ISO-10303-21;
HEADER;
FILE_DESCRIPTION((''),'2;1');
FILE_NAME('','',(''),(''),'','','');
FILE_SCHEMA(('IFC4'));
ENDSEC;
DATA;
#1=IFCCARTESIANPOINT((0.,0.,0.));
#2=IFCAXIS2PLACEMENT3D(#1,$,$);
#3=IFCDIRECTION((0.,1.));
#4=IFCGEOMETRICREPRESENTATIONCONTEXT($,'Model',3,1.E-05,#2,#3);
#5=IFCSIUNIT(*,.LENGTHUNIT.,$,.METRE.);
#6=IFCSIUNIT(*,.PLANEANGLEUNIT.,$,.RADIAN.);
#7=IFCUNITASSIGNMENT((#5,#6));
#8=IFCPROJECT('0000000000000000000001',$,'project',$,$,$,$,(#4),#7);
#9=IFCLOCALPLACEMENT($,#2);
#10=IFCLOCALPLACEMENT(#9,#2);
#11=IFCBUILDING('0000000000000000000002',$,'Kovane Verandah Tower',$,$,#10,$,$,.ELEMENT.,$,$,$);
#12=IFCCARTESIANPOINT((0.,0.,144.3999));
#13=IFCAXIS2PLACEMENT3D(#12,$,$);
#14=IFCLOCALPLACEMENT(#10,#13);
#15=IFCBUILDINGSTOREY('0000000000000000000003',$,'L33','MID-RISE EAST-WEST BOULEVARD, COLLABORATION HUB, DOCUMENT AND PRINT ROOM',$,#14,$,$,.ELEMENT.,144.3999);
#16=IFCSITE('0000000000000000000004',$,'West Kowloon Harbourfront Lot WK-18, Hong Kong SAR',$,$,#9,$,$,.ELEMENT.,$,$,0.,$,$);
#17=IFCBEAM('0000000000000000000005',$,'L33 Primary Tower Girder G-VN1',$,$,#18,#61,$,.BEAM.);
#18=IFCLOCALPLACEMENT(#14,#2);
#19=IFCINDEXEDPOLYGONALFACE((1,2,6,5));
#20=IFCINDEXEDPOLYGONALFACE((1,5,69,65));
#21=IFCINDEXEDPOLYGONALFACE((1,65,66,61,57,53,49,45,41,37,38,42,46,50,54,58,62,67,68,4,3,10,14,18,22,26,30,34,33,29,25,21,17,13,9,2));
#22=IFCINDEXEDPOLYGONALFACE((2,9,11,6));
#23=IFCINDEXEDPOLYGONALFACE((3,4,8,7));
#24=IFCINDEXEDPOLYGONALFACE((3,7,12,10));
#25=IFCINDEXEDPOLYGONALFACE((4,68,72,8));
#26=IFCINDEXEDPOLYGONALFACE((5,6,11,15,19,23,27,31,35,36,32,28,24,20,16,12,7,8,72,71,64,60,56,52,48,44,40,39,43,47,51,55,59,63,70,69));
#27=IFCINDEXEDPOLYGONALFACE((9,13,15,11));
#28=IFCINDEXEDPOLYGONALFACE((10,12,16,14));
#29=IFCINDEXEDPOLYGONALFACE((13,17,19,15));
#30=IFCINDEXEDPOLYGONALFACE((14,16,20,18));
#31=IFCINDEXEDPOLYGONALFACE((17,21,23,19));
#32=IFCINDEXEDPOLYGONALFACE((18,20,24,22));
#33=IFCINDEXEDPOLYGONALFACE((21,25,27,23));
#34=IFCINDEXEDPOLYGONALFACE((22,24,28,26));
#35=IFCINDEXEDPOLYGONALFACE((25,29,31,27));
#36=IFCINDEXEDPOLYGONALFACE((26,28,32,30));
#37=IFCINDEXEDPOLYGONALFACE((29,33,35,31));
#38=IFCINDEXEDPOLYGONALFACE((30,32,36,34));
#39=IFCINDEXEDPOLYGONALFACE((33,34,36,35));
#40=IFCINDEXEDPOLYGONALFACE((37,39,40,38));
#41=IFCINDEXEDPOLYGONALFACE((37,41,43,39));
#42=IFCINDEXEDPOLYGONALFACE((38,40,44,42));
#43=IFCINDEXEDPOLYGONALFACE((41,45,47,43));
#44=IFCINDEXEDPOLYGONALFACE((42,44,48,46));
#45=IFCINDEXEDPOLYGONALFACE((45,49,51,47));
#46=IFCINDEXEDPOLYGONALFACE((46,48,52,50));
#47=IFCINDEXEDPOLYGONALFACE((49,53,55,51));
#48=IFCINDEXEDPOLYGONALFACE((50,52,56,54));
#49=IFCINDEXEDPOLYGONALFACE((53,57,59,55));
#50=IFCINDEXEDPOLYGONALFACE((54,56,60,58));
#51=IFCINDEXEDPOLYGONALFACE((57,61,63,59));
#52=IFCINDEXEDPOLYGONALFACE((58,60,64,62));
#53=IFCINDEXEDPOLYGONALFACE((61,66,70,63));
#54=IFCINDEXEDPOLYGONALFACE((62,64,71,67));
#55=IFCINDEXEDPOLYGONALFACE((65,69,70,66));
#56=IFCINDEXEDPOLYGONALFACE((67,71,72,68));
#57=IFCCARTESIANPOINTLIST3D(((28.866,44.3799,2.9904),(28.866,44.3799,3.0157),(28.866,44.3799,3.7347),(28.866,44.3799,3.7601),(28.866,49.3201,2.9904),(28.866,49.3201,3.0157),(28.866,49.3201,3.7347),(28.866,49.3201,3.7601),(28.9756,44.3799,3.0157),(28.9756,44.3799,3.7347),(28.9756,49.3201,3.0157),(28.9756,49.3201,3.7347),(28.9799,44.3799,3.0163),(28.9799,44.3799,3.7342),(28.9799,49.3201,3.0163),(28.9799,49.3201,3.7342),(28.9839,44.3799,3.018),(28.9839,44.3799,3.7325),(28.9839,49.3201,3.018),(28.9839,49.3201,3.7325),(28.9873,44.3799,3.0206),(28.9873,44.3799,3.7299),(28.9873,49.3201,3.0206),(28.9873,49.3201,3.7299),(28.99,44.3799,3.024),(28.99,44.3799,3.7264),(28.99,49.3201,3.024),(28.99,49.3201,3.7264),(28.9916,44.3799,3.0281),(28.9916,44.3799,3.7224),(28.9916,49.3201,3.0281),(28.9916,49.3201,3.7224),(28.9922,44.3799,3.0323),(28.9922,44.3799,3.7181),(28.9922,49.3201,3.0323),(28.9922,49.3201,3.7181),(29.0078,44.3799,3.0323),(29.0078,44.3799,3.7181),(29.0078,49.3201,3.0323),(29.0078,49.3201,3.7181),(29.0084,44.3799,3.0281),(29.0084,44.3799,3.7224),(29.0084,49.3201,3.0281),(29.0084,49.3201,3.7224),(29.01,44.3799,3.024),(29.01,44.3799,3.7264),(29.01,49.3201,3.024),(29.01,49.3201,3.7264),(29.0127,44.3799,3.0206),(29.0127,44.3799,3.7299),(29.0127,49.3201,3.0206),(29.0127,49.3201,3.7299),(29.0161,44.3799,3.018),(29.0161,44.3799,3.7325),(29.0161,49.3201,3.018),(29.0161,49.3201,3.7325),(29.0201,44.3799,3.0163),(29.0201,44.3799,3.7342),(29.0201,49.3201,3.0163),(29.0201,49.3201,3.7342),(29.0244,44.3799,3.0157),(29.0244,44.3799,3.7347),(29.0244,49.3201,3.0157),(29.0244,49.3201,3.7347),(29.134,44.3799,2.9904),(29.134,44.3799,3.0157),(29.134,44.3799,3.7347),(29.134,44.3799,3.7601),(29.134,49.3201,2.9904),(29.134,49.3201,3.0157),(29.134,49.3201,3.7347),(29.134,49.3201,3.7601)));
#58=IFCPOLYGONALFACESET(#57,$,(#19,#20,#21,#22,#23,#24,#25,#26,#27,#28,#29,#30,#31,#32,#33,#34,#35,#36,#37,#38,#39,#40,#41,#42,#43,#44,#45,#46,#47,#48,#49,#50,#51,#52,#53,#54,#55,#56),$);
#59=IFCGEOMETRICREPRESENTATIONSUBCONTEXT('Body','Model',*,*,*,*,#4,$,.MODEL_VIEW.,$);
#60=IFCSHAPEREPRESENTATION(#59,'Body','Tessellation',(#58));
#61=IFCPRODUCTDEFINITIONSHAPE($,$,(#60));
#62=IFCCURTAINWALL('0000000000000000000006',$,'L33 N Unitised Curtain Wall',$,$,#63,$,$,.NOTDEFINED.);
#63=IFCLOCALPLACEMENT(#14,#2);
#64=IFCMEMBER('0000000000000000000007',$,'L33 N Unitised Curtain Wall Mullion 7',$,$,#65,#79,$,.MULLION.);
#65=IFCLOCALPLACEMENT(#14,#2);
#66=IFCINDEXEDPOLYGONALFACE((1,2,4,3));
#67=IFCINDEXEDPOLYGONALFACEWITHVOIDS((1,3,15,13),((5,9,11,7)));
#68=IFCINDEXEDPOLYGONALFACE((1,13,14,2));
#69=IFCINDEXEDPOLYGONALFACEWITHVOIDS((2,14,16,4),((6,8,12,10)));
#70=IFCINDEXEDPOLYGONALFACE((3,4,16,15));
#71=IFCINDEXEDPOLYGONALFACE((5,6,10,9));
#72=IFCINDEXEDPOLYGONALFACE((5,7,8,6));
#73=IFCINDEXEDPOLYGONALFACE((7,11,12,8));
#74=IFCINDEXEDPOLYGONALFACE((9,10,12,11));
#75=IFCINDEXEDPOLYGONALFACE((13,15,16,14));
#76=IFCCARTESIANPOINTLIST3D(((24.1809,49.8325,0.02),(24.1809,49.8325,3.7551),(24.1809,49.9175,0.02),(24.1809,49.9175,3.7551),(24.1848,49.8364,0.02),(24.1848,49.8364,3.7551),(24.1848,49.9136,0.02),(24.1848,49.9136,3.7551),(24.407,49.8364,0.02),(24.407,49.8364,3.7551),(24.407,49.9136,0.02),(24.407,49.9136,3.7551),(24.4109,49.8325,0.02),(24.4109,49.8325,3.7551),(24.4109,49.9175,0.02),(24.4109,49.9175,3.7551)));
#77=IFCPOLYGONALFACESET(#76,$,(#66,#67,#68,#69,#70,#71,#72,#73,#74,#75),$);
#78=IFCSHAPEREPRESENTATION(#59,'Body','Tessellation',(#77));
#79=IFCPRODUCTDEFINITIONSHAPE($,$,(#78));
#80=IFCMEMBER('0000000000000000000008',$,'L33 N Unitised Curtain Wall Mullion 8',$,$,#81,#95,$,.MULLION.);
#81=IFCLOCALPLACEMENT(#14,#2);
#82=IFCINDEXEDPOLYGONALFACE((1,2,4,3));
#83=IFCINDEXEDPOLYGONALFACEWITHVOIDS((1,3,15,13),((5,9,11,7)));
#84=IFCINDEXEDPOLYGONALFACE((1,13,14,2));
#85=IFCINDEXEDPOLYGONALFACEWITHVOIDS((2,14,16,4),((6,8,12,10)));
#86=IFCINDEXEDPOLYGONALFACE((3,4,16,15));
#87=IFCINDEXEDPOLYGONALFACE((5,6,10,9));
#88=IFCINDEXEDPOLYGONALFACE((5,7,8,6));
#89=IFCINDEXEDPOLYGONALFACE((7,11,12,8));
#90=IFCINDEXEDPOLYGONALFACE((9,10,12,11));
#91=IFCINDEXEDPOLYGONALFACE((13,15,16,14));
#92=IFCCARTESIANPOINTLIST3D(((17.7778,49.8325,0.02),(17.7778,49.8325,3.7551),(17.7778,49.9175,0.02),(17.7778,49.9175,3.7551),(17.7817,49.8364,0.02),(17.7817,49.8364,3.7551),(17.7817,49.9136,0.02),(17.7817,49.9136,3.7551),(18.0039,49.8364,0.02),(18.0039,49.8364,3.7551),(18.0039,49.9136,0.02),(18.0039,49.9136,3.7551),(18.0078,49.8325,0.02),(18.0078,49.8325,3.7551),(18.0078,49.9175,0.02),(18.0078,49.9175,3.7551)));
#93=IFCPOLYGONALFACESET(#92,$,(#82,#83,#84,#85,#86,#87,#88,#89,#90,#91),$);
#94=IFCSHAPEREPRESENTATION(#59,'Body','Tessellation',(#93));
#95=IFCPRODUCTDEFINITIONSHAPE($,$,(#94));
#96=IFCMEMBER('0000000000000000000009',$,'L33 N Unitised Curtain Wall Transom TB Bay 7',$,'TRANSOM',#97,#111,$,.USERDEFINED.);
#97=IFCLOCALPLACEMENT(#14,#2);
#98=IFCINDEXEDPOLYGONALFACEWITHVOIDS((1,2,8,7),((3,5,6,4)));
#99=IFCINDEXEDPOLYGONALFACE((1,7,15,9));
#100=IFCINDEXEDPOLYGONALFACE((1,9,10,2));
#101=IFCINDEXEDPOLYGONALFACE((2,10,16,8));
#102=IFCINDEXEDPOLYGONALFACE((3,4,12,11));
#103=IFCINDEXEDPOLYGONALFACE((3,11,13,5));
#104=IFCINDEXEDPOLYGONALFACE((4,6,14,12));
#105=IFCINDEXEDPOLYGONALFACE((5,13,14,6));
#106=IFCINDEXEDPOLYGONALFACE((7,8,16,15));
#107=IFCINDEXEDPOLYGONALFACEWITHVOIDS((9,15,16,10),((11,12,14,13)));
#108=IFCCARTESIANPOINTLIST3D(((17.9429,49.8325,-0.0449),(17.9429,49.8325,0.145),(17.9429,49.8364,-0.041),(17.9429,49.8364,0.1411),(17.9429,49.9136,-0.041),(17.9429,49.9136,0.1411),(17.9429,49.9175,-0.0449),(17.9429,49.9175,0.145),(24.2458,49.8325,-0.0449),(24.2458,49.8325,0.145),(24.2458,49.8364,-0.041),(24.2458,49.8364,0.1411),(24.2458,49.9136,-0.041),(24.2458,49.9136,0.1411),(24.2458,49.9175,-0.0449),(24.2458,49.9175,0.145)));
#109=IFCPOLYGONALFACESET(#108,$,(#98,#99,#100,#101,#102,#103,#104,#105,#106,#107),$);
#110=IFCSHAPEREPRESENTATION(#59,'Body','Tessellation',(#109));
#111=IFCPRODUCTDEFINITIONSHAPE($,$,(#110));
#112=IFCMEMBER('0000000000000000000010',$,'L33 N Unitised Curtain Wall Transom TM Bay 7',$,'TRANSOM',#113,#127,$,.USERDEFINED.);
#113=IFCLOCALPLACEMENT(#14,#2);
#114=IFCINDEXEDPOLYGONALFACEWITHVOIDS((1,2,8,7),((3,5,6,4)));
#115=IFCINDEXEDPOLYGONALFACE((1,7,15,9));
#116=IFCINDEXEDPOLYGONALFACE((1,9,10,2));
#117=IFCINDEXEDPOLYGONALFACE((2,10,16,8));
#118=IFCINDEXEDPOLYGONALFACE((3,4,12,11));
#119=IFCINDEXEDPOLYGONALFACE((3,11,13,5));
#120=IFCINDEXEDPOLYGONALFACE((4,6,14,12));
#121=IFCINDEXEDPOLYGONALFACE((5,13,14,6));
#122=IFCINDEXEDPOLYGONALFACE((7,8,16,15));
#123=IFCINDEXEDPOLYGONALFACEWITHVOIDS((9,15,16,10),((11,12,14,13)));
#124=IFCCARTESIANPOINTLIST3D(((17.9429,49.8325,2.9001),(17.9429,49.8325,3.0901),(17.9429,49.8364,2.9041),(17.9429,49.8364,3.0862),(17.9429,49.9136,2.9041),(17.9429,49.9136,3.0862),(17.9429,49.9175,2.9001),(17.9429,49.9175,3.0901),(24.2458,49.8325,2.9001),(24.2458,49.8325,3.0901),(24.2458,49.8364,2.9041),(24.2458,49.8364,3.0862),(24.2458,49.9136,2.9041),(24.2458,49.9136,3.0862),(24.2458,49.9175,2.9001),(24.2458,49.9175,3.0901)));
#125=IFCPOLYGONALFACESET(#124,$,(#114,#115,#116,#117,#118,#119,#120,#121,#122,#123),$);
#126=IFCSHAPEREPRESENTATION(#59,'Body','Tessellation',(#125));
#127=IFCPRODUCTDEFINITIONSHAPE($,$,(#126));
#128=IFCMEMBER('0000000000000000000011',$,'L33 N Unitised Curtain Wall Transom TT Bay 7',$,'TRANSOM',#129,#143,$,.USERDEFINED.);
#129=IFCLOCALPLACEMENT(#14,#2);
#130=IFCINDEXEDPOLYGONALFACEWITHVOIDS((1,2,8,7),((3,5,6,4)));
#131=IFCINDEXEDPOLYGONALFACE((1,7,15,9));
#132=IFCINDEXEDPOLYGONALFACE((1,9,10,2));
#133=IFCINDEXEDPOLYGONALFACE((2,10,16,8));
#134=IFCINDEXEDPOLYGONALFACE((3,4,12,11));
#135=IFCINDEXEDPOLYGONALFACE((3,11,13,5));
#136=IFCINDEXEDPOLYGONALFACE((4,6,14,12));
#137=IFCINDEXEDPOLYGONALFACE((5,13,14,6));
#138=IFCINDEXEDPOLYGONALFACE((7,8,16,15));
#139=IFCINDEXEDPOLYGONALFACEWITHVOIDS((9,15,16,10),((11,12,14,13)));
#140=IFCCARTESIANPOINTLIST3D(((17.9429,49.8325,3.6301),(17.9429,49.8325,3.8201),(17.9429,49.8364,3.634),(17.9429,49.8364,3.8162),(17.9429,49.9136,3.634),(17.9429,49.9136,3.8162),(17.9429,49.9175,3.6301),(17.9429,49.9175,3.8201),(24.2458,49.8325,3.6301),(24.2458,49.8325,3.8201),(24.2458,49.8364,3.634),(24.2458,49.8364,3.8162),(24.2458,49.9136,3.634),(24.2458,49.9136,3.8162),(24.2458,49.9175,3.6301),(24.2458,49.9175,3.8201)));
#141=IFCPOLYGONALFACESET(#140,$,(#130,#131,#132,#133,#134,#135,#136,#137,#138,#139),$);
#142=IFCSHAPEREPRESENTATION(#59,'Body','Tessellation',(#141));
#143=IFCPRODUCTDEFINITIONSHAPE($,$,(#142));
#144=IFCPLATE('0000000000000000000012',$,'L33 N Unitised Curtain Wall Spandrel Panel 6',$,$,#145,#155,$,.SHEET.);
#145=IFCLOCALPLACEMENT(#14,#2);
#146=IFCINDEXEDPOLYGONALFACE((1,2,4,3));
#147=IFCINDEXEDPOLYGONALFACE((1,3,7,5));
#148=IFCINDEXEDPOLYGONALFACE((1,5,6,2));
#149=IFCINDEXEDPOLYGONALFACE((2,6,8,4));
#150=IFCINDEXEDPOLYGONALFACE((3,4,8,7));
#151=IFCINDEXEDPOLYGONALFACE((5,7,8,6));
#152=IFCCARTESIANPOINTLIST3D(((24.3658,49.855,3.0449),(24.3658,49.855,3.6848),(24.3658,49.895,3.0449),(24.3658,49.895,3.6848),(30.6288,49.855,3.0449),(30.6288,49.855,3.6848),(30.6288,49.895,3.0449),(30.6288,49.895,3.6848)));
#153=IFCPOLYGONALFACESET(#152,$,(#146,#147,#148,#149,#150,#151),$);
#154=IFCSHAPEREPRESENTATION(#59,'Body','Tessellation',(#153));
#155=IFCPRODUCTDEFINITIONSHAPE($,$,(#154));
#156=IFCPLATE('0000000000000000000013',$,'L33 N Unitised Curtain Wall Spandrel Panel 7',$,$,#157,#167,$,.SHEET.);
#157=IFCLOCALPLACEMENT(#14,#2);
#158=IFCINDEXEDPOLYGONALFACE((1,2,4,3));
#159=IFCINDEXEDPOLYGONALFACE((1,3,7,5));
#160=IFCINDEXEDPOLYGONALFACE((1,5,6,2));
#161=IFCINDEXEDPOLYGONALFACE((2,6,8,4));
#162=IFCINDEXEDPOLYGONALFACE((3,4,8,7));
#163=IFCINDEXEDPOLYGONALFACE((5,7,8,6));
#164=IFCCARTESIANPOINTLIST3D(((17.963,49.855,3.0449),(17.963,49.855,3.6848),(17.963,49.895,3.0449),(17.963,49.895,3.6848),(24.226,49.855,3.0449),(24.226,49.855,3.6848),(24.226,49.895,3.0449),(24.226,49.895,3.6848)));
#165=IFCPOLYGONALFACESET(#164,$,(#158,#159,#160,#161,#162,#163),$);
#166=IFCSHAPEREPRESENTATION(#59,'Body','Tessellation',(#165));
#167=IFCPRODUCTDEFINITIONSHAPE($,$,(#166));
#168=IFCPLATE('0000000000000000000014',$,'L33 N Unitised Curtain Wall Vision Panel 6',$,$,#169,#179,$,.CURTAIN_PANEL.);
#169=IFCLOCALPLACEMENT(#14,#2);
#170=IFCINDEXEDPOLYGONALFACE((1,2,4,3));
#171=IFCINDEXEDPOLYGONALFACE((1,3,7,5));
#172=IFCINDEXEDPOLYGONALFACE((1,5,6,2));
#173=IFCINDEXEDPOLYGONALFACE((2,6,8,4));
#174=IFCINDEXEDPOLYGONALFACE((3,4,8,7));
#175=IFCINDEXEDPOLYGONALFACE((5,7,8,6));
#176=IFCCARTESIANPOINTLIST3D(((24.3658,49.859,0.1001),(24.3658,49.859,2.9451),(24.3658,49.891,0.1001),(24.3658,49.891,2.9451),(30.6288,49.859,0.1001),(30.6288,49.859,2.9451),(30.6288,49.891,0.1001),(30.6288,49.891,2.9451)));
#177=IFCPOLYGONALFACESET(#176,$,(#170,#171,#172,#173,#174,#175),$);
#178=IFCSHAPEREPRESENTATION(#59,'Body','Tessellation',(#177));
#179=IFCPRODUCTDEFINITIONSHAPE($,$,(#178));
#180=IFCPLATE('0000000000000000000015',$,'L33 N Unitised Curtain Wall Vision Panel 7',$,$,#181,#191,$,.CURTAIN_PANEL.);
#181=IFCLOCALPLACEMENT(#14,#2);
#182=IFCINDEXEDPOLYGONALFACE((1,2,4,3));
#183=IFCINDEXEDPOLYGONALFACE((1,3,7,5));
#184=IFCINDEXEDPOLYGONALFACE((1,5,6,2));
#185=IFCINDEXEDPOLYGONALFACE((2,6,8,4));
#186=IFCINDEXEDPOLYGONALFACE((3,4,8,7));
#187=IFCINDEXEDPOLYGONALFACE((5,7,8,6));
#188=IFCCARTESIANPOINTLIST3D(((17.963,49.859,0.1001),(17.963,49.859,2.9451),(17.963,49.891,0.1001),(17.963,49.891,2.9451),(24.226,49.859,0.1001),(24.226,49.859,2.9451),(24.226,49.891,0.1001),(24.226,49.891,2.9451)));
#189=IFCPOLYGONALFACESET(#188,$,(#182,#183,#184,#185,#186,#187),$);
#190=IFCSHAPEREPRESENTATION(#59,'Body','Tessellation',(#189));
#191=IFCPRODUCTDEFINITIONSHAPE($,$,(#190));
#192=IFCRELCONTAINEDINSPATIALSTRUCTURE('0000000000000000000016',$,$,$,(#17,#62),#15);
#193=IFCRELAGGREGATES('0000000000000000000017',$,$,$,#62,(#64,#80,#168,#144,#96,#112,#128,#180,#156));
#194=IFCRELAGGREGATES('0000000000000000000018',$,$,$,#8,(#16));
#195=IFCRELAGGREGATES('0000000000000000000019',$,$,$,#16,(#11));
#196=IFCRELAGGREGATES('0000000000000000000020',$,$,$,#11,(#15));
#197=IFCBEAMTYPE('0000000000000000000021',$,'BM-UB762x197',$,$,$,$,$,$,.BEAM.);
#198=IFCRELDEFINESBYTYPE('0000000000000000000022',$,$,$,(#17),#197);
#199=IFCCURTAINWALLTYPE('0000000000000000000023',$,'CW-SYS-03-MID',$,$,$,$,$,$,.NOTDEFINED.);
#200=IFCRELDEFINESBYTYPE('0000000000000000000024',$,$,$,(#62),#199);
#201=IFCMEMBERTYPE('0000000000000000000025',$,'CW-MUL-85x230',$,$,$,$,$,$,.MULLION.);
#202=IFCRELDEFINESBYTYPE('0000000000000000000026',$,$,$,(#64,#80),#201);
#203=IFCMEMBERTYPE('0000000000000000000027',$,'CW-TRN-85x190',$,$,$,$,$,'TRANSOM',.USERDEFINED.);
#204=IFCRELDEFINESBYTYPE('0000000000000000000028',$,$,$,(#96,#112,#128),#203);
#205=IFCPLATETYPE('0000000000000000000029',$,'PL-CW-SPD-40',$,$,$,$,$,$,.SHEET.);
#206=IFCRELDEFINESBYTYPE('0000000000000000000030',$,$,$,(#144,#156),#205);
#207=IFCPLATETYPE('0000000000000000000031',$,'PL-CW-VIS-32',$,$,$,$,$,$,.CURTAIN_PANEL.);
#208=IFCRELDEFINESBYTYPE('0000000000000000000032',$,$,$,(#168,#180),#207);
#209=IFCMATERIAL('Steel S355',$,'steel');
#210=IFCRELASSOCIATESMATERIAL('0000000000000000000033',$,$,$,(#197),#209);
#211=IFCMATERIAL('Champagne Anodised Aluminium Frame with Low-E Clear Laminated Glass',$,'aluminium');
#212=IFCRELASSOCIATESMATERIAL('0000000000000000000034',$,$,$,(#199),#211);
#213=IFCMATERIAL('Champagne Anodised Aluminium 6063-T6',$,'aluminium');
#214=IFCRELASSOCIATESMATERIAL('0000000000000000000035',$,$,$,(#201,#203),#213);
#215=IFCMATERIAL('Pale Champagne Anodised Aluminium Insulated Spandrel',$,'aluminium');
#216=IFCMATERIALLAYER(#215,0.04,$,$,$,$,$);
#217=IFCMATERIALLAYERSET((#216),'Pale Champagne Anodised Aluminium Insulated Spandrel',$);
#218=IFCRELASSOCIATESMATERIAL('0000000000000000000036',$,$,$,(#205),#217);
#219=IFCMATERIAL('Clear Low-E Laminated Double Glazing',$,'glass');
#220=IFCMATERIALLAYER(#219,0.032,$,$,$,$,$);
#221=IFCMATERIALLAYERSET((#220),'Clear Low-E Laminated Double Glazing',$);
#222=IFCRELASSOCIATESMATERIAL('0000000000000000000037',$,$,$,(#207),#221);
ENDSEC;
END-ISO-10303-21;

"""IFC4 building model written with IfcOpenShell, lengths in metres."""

from ifc_helpers import new_model, si_unit, direction, frame, origin, origin_2d, place, context, subcontext, project, spatial, rectangle, hollow_rectangle, i_section, extrude, material, layer, layer_set, material_profile, profile_set, type_object, element, aggregate, save


model = new_model("IFC4")

# Units and contexts
model_context = context("Model", 3, precision=1e-05, world=origin(), true_north=direction((0.0, 1.0)))
body_context = subcontext(model_context, "Body", "Model", "MODEL_VIEW")
ifc_project = project(units=[si_unit("LENGTHUNIT", "METRE"), si_unit("PLANEANGLEUNIT", "RADIAN")], contexts=[model_context])

# Site, building, storey
site_placement = place(None, origin())
site = spatial("IfcSite", under=ifc_project, at=site_placement, Name="West Kowloon Harbourfront Lot WK-18, Hong Kong SAR", CompositionType="ELEMENT", RefElevation=0.0)
building_placement = place(site_placement, origin())
building = spatial("IfcBuilding", under=site, at=building_placement, Name="Kovane Verandah Tower", CompositionType="ELEMENT")
storey_placement = place(building_placement, frame((0.0, 0.0, 144.3999)))
storey = spatial("IfcBuildingStorey", under=building, at=storey_placement, Name="L33", Description="MID-RISE EAST-WEST BOULEVARD, COLLABORATION HUB, DOCUMENT AND PRINT ROOM", CompositionType="ELEMENT", Elevation=144.3999)

# Beam
ifc_material_1 = material(Name="Steel S355", Category="steel")
ifc_material_profile_1 = material_profile(ifc_material_1, i_section(OverallWidth=0.2681, OverallDepth=0.7698, WebThickness=0.0156, FlangeThickness=0.0254, FilletRadius=0.0166, at=origin_2d()), Name="UB762x267x197")
ifc_profile_set_1 = profile_set([ifc_material_profile_1], Name="Steel S355")
beam_type = type_object("IfcBeamType", Name="BM-UB762x197", PredefinedType="BEAM", material=ifc_profile_set_1)
beam_1_placement = place(storey_placement, frame((29.0, 44.3799, 3.3752), z_axis=(0.0, 1.0, 0.0), x_axis=(-1.0, 0.0, 0.0)))
element("IfcBeam", 1, at=beam_1_placement, inside=storey, type_object=beam_type, Name="L33 Primary Tower Girder G-VN1", PredefinedType="BEAM", context=body_context, shape_type="SweptSolid", body=[
    extrude(i_section(OverallWidth=0.2681, OverallDepth=0.7698, WebThickness=0.0156, FlangeThickness=0.0254, FilletRadius=0.0166, at=origin_2d()), origin(), (0.0, 0.0, 1.0), 4.9402),
])

# Curtain wall, members, plates
ifc_material_2 = material(Name="Champagne Anodised Aluminium Frame with Low-E Clear Laminated Glass", Category="aluminium")
curtain_wall_type = type_object("IfcCurtainWallType", Name="CW-SYS-03-MID", PredefinedType="NOTDEFINED", material=ifc_material_2)
curtain_wall_placement = place(storey_placement, origin())
curtain_wall = element("IfcCurtainWall", 2, at=curtain_wall_placement, inside=storey, type_object=curtain_wall_type, Name="L33 N Unitised Curtain Wall", PredefinedType="NOTDEFINED")
ifc_material_3 = material(Name="Champagne Anodised Aluminium 6063-T6", Category="aluminium")
ifc_material_profile_2 = material_profile(ifc_material_3, hollow_rectangle(XDim=0.085, YDim=0.23, WallThickness=0.0039, at=origin_2d()), Name="AL85x230x4")
ifc_profile_set_2 = profile_set([ifc_material_profile_2], Name="Champagne Anodised Aluminium 6063-T6")
member_type_1 = type_object("IfcMemberType", Name="CW-MUL-85x230", PredefinedType="MULLION", material=ifc_profile_set_2)
member_1_placement = place(storey_placement, frame((24.2959, 49.875, 0.02), z_axis=(0.0, 0.0, 1.0), x_axis=(0.0, 1.0, 0.0)))
member_1 = element("IfcMember", 3, at=member_1_placement, type_object=member_type_1, Name="L33 N Unitised Curtain Wall Mullion 7", PredefinedType="MULLION", context=body_context, shape_type="SweptSolid", body=[
    extrude(hollow_rectangle(XDim=0.085, YDim=0.23, WallThickness=0.0039, at=origin_2d()), origin(), (0.0, 0.0, 1.0), 3.7351),
])
member_2_placement = place(storey_placement, frame((17.8928, 49.875, 0.02), z_axis=(0.0, 0.0, 1.0), x_axis=(0.0, 1.0, 0.0)))
member_2 = element("IfcMember", 4, at=member_2_placement, type_object=member_type_1, Name="L33 N Unitised Curtain Wall Mullion 8", PredefinedType="MULLION", context=body_context, shape_type="SweptSolid", body=[
    extrude(hollow_rectangle(XDim=0.085, YDim=0.23, WallThickness=0.0039, at=origin_2d()), origin(), (0.0, 0.0, 1.0), 3.7351),
])
ifc_material_profile_3 = material_profile(ifc_material_3, hollow_rectangle(XDim=0.085, YDim=0.1899, WallThickness=0.0039, at=origin_2d()), Name="AL85x190x4")
ifc_profile_set_3 = profile_set([ifc_material_profile_3], Name="Champagne Anodised Aluminium 6063-T6")
member_type_2 = type_object("IfcMemberType", Name="CW-TRN-85x190", ElementType="TRANSOM", PredefinedType="USERDEFINED", material=ifc_profile_set_3)
member_3_placement = place(storey_placement, frame((24.2458, 49.875, 0.05), z_axis=(-1.0, 0.0, 0.0), x_axis=(0.0, -1.0, 0.0)))
member_3 = element("IfcMember", 5, at=member_3_placement, type_object=member_type_2, Name="L33 N Unitised Curtain Wall Transom TB Bay 7", ObjectType="TRANSOM", PredefinedType="USERDEFINED", context=body_context, shape_type="SweptSolid", body=[
    extrude(hollow_rectangle(XDim=0.085, YDim=0.1899, WallThickness=0.0039, at=origin_2d()), origin(), (0.0, 0.0, 1.0), 6.303),
])
member_4_placement = place(storey_placement, frame((24.2458, 49.875, 2.9951), z_axis=(-1.0, 0.0, 0.0), x_axis=(0.0, -1.0, 0.0)))
member_4 = element("IfcMember", 6, at=member_4_placement, type_object=member_type_2, Name="L33 N Unitised Curtain Wall Transom TM Bay 7", ObjectType="TRANSOM", PredefinedType="USERDEFINED", context=body_context, shape_type="SweptSolid", body=[
    extrude(hollow_rectangle(XDim=0.085, YDim=0.1899, WallThickness=0.0039, at=origin_2d()), origin(), (0.0, 0.0, 1.0), 6.303),
])
member_5_placement = place(storey_placement, frame((24.2458, 49.875, 3.7251), z_axis=(-1.0, 0.0, 0.0), x_axis=(0.0, -1.0, 0.0)))
member_5 = element("IfcMember", 7, at=member_5_placement, type_object=member_type_2, Name="L33 N Unitised Curtain Wall Transom TT Bay 7", ObjectType="TRANSOM", PredefinedType="USERDEFINED", context=body_context, shape_type="SweptSolid", body=[
    extrude(hollow_rectangle(XDim=0.085, YDim=0.1899, WallThickness=0.0039, at=origin_2d()), origin(), (0.0, 0.0, 1.0), 6.303),
])
ifc_material_4 = material(Name="Pale Champagne Anodised Aluminium Insulated Spandrel", Category="aluminium")
ifc_layer_1 = layer(ifc_material_4, 0.04)
ifc_layer_set_1 = layer_set([ifc_layer_1], Name="Pale Champagne Anodised Aluminium Insulated Spandrel")
plate_type_1 = type_object("IfcPlateType", Name="PL-CW-SPD-40", PredefinedType="SHEET", material=ifc_layer_set_1)
plate_1_placement = place(storey_placement, frame((27.4973, 49.875, 3.0449), z_axis=(0.0, 0.0, 1.0), x_axis=(-1.0, 0.0, 0.0)))
plate_1 = element("IfcPlate", 8, at=plate_1_placement, type_object=plate_type_1, Name="L33 N Unitised Curtain Wall Spandrel Panel 6", PredefinedType="SHEET", context=body_context, shape_type="SweptSolid", body=[
    extrude(rectangle(XDim=6.2629, YDim=0.04, at=origin_2d()), origin(), (0.0, 0.0, 1.0), 0.6399),
])
plate_2_placement = place(storey_placement, frame((21.0945, 49.875, 3.0449), z_axis=(0.0, 0.0, 1.0), x_axis=(-1.0, 0.0, 0.0)))
plate_2 = element("IfcPlate", 9, at=plate_2_placement, type_object=plate_type_1, Name="L33 N Unitised Curtain Wall Spandrel Panel 7", PredefinedType="SHEET", context=body_context, shape_type="SweptSolid", body=[
    extrude(rectangle(XDim=6.2629, YDim=0.04, at=origin_2d()), origin(), (0.0, 0.0, 1.0), 0.6399),
])
ifc_material_5 = material(Name="Clear Low-E Laminated Double Glazing", Category="glass")
ifc_layer_2 = layer(ifc_material_5, 0.032)
ifc_layer_set_2 = layer_set([ifc_layer_2], Name="Clear Low-E Laminated Double Glazing")
plate_type_2 = type_object("IfcPlateType", Name="PL-CW-VIS-32", PredefinedType="CURTAIN_PANEL", material=ifc_layer_set_2)
plate_3_placement = place(storey_placement, frame((27.4973, 49.875, 0.1001), z_axis=(0.0, 0.0, 1.0), x_axis=(-1.0, 0.0, 0.0)))
plate_3 = element("IfcPlate", 10, at=plate_3_placement, type_object=plate_type_2, Name="L33 N Unitised Curtain Wall Vision Panel 6", PredefinedType="CURTAIN_PANEL", context=body_context, shape_type="SweptSolid", body=[
    extrude(rectangle(XDim=6.2629, YDim=0.032, at=origin_2d()), origin(), (0.0, 0.0, 1.0), 2.845),
])
plate_4_placement = place(storey_placement, frame((21.0945, 49.875, 0.1001), z_axis=(0.0, 0.0, 1.0), x_axis=(-1.0, 0.0, 0.0)))
plate_4 = element("IfcPlate", 11, at=plate_4_placement, type_object=plate_type_2, Name="L33 N Unitised Curtain Wall Vision Panel 7", PredefinedType="CURTAIN_PANEL", context=body_context, shape_type="SweptSolid", body=[
    extrude(rectangle(XDim=6.2629, YDim=0.032, at=origin_2d()), origin(), (0.0, 0.0, 1.0), 2.845),
])
aggregate(curtain_wall, [member_1, member_2, plate_3, plate_1, member_3, member_4, member_5, plate_4, plate_2])

save(model, "model.ifc")
